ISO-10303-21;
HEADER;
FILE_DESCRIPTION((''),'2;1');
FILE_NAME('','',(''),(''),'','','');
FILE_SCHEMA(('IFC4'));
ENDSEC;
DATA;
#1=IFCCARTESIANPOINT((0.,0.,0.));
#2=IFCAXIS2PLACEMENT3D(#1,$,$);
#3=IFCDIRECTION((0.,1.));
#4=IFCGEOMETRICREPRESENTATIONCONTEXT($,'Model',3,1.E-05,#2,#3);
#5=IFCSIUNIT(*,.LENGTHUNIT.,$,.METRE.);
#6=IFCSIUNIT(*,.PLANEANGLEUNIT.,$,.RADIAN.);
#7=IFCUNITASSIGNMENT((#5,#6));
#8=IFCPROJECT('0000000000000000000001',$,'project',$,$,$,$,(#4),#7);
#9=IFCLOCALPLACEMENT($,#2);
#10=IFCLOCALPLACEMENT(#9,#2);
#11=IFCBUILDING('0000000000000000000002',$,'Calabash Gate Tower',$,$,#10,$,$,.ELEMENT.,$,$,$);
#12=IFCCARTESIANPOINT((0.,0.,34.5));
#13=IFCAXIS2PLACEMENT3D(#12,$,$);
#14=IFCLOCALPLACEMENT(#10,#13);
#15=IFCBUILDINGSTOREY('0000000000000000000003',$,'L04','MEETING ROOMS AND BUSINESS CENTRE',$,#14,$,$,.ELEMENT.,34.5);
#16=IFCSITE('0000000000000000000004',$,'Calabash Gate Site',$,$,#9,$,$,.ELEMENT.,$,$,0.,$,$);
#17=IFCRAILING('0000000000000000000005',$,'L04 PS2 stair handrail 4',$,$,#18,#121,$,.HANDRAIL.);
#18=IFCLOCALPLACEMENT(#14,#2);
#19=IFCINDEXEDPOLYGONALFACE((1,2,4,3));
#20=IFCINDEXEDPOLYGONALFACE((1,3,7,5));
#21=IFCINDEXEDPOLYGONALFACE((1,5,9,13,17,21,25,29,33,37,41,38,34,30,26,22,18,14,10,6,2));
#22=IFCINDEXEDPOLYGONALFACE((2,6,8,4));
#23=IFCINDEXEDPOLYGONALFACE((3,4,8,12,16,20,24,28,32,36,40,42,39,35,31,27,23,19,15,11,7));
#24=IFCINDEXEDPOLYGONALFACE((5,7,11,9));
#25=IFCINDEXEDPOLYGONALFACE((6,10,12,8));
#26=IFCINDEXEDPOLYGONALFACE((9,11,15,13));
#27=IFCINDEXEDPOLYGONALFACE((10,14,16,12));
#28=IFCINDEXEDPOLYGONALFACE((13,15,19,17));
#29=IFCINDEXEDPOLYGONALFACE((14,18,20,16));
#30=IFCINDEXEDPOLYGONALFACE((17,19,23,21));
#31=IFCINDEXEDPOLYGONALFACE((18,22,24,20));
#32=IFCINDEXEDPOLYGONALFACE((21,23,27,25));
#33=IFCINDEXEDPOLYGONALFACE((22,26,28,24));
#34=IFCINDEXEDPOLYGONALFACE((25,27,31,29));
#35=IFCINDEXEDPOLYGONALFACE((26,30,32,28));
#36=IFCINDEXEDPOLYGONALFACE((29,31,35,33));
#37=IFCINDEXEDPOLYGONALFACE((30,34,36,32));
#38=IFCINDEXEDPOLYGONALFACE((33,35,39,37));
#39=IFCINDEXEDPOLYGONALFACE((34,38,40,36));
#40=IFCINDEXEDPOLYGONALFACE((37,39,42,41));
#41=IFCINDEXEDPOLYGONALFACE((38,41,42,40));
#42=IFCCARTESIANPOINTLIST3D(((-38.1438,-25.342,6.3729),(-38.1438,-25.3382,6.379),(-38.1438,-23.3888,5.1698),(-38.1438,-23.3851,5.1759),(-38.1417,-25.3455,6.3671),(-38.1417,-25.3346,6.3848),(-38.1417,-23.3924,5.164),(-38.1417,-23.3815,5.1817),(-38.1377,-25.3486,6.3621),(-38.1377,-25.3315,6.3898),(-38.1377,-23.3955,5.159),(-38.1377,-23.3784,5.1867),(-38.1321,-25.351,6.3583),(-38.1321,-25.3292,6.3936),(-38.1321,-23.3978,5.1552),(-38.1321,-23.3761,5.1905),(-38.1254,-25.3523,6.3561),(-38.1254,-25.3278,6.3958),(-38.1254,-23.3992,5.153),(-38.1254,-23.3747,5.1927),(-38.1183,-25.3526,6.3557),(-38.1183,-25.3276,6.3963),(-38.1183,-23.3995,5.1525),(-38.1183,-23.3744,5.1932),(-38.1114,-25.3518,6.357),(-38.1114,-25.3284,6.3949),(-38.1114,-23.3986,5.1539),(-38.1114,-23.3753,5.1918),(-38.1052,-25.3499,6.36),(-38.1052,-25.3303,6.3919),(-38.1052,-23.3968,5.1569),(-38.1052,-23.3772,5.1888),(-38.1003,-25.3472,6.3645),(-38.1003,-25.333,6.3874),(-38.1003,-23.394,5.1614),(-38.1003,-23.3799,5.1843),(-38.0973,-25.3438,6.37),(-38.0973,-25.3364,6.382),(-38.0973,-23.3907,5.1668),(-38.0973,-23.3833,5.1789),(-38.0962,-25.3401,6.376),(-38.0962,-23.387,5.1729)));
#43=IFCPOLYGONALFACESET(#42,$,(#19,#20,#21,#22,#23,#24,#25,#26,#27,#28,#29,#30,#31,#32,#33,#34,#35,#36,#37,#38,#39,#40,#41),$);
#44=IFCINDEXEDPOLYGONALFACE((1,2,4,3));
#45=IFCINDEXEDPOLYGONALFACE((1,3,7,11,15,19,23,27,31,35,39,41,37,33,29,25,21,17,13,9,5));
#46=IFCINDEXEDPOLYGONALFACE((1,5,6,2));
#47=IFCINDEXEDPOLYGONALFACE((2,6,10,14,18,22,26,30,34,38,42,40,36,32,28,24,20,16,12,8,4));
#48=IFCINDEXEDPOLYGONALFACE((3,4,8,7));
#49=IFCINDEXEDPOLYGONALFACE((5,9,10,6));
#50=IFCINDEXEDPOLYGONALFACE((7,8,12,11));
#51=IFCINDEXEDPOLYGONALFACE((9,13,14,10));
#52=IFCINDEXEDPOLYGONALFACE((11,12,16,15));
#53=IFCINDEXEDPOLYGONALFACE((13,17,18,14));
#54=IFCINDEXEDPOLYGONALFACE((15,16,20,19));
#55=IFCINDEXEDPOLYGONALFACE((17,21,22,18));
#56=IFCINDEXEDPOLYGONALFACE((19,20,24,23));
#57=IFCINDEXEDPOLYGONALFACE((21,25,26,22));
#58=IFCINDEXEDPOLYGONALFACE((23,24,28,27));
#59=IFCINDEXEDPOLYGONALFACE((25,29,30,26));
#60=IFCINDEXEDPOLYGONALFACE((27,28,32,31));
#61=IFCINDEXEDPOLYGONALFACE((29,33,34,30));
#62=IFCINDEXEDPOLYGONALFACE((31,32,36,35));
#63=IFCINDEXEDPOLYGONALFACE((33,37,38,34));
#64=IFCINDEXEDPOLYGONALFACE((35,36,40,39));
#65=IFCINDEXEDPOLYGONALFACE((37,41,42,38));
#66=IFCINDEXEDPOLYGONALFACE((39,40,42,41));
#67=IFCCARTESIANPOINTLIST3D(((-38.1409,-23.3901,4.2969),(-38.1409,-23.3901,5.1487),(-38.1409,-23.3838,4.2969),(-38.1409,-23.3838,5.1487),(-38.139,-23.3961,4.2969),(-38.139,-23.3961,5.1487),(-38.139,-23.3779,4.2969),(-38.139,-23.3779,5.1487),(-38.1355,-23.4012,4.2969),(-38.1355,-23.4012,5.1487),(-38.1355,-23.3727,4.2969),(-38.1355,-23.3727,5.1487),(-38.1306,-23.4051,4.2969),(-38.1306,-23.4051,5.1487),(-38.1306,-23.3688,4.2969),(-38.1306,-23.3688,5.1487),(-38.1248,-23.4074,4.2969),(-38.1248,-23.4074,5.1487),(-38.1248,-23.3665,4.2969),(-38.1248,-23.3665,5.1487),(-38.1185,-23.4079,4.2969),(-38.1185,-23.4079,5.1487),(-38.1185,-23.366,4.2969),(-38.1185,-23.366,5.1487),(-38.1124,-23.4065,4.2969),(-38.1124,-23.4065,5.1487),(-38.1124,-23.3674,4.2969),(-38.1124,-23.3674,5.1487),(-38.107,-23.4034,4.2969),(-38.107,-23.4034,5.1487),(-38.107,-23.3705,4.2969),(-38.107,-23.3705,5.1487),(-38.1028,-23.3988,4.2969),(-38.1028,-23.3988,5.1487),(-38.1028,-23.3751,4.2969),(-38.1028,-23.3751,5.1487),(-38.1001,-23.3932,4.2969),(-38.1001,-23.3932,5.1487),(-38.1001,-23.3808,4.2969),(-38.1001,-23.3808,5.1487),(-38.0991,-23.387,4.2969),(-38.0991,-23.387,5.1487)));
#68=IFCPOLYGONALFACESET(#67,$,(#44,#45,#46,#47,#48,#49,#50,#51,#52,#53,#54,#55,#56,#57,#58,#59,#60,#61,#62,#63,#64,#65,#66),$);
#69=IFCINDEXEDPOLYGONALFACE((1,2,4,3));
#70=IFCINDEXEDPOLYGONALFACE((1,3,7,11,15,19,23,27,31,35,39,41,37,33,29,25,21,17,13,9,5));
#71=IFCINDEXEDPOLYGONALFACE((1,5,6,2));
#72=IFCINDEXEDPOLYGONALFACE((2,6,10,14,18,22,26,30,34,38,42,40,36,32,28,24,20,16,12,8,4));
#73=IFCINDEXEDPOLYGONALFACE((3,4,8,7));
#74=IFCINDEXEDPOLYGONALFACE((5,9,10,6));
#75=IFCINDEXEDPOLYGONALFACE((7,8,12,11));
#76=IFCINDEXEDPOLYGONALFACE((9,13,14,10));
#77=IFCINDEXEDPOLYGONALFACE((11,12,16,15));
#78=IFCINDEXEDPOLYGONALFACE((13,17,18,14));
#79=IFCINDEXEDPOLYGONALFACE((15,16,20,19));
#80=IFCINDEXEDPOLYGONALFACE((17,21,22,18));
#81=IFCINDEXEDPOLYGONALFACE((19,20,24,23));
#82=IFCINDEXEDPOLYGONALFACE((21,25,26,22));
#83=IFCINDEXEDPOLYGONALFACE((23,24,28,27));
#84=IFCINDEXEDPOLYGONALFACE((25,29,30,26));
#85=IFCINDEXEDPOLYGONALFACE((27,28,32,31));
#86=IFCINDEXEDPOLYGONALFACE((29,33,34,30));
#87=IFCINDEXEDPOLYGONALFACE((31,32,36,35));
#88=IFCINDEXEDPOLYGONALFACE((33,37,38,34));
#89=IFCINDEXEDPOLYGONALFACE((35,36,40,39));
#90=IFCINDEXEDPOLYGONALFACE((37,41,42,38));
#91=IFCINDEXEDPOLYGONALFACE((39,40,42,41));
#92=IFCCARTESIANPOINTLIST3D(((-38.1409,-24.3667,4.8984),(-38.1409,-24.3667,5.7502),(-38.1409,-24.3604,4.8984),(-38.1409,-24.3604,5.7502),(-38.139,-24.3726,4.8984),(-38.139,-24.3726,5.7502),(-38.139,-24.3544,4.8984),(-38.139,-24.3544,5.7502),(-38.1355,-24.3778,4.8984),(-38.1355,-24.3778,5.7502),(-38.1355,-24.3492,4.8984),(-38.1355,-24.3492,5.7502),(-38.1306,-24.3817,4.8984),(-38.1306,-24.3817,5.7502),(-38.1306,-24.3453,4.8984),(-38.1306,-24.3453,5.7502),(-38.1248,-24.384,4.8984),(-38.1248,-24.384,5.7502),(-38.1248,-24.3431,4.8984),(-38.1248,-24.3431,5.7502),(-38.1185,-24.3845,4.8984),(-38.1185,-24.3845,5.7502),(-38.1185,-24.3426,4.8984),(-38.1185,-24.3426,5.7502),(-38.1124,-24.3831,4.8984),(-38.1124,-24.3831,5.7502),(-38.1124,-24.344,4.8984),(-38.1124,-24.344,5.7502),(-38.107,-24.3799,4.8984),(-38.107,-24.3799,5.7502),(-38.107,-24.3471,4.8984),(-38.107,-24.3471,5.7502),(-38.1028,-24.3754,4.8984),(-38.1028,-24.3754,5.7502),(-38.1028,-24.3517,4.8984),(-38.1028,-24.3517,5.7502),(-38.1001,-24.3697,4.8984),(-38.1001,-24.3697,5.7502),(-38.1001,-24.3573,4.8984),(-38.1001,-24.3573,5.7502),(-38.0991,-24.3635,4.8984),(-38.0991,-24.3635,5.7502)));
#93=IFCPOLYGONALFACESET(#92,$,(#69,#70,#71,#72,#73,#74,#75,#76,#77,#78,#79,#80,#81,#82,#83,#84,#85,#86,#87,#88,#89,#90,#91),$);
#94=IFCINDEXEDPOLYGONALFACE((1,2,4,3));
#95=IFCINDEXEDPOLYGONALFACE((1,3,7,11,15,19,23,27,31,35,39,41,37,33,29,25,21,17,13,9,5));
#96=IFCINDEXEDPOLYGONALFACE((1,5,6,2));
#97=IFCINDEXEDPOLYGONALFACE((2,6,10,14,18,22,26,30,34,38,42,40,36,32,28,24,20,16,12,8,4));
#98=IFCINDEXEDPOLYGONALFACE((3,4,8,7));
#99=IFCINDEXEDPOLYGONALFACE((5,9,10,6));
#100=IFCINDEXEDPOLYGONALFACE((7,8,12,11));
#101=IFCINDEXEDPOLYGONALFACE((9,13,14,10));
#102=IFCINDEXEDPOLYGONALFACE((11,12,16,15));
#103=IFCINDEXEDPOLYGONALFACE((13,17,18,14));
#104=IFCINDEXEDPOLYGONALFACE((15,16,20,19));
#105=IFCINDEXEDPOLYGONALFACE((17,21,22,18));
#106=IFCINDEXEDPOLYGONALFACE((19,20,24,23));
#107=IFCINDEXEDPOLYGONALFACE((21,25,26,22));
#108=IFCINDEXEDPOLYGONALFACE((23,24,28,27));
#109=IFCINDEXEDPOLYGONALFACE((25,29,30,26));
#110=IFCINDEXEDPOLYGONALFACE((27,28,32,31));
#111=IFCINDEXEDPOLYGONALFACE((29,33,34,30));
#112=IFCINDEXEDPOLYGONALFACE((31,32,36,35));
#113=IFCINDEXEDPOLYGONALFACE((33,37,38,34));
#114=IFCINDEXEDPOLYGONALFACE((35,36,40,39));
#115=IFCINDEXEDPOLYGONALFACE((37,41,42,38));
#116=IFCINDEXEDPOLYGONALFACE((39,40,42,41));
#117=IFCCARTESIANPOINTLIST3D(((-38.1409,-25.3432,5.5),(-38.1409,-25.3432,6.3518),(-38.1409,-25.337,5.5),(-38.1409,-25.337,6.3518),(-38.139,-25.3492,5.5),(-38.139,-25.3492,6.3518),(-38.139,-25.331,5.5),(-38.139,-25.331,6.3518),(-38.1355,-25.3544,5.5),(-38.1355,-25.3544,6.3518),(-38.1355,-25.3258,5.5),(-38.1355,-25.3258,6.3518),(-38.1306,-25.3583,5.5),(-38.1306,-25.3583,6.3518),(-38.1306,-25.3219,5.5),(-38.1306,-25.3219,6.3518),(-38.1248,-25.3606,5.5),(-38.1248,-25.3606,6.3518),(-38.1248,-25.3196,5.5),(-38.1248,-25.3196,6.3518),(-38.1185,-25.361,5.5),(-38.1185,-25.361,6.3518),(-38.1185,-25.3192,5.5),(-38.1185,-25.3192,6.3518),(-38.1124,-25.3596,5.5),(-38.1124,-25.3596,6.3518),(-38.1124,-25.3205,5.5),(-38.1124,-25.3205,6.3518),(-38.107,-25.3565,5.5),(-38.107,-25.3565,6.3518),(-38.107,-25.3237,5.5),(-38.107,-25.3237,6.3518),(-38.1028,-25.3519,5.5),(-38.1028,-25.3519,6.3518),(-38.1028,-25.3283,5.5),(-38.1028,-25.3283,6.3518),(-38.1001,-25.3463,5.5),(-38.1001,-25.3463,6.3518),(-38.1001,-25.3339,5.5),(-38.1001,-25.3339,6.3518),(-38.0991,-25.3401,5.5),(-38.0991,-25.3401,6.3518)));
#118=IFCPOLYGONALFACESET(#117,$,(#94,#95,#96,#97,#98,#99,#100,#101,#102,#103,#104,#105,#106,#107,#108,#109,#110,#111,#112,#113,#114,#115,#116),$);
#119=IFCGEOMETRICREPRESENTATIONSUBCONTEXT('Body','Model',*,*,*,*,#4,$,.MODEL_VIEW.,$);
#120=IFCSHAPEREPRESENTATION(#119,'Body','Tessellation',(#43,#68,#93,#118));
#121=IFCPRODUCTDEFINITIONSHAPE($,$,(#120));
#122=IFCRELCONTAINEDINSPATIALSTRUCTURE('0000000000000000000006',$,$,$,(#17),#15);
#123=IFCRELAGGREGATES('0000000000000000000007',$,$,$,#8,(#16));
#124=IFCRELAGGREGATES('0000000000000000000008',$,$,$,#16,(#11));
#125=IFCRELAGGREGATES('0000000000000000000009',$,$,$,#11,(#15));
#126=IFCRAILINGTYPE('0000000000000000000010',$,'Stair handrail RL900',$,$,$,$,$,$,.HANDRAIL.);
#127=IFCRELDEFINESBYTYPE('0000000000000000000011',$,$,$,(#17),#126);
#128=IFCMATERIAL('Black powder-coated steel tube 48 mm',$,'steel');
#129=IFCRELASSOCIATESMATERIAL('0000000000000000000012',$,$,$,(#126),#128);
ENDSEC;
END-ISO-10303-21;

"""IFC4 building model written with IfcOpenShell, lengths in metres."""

from ifc_helpers import new_model, si_unit, direction, frame, origin, origin_2d, place, context, subcontext, project, spatial, circle, extrude, material, type_object, element, save


model = new_model("IFC4")

# Units and contexts
model_context = context("Model", 3, precision=1e-05, world=origin(), true_north=direction((0.0, 1.0)))
body_context = subcontext(model_context, "Body", "Model", "MODEL_VIEW")
ifc_project = project(units=[si_unit("LENGTHUNIT", "METRE"), si_unit("PLANEANGLEUNIT", "RADIAN")], contexts=[model_context])

# Site, building, storey
site_placement = place(None, origin())
site = spatial("IfcSite", under=ifc_project, at=site_placement, Name="Calabash Gate Site", CompositionType="ELEMENT", RefElevation=0.0)
building_placement = place(site_placement, origin())
building = spatial("IfcBuilding", under=site, at=building_placement, Name="Calabash Gate Tower", CompositionType="ELEMENT")
storey_placement = place(building_placement, frame((0.0, 0.0, 34.5)))
storey = spatial("IfcBuildingStorey", under=building, at=storey_placement, Name="L04", Description="MEETING ROOMS AND BUSINESS CENTRE", CompositionType="ELEMENT", Elevation=34.5)

# Railing
ifc_material_1 = material(Name="Black powder-coated steel tube 48 mm", Category="steel")
railing_type_1 = type_object("IfcRailingType", Name="Stair handrail RL900", PredefinedType="HANDRAIL", material=ifc_material_1)
railing_1_placement = place(storey_placement, frame((-38.1201, -23.387, 4.2969)))
element("IfcRailing", 1, at=railing_1_placement, inside=storey, type_object=railing_type_1, Name="L04 PS2 stair handrail 4", PredefinedType="HANDRAIL", context=body_context, shape_type="SweptSolid", body=[
    extrude(circle(Radius=0.0239, at=origin_2d()), frame((0.0, 0.0, 0.876), z_axis=(0.0, -0.851424, 0.524477), x_axis=(1.0, 0.0, 0.0)), (0.0, 0.0, 1.0), 2.2939),
    extrude(circle(Radius=0.021, at=origin_2d()), origin(), (0.0, 0.0, 1.0), 0.8518),
    extrude(circle(Radius=0.021, at=origin_2d()), frame((0.0, -0.9766, 0.6016)), (0.0, 0.0, 1.0), 0.8518),
    extrude(circle(Radius=0.021, at=origin_2d()), frame((0.0, -1.9531, 1.2031)), (0.0, 0.0, 1.0), 0.8518),
])

save(model, "model.ifc")
